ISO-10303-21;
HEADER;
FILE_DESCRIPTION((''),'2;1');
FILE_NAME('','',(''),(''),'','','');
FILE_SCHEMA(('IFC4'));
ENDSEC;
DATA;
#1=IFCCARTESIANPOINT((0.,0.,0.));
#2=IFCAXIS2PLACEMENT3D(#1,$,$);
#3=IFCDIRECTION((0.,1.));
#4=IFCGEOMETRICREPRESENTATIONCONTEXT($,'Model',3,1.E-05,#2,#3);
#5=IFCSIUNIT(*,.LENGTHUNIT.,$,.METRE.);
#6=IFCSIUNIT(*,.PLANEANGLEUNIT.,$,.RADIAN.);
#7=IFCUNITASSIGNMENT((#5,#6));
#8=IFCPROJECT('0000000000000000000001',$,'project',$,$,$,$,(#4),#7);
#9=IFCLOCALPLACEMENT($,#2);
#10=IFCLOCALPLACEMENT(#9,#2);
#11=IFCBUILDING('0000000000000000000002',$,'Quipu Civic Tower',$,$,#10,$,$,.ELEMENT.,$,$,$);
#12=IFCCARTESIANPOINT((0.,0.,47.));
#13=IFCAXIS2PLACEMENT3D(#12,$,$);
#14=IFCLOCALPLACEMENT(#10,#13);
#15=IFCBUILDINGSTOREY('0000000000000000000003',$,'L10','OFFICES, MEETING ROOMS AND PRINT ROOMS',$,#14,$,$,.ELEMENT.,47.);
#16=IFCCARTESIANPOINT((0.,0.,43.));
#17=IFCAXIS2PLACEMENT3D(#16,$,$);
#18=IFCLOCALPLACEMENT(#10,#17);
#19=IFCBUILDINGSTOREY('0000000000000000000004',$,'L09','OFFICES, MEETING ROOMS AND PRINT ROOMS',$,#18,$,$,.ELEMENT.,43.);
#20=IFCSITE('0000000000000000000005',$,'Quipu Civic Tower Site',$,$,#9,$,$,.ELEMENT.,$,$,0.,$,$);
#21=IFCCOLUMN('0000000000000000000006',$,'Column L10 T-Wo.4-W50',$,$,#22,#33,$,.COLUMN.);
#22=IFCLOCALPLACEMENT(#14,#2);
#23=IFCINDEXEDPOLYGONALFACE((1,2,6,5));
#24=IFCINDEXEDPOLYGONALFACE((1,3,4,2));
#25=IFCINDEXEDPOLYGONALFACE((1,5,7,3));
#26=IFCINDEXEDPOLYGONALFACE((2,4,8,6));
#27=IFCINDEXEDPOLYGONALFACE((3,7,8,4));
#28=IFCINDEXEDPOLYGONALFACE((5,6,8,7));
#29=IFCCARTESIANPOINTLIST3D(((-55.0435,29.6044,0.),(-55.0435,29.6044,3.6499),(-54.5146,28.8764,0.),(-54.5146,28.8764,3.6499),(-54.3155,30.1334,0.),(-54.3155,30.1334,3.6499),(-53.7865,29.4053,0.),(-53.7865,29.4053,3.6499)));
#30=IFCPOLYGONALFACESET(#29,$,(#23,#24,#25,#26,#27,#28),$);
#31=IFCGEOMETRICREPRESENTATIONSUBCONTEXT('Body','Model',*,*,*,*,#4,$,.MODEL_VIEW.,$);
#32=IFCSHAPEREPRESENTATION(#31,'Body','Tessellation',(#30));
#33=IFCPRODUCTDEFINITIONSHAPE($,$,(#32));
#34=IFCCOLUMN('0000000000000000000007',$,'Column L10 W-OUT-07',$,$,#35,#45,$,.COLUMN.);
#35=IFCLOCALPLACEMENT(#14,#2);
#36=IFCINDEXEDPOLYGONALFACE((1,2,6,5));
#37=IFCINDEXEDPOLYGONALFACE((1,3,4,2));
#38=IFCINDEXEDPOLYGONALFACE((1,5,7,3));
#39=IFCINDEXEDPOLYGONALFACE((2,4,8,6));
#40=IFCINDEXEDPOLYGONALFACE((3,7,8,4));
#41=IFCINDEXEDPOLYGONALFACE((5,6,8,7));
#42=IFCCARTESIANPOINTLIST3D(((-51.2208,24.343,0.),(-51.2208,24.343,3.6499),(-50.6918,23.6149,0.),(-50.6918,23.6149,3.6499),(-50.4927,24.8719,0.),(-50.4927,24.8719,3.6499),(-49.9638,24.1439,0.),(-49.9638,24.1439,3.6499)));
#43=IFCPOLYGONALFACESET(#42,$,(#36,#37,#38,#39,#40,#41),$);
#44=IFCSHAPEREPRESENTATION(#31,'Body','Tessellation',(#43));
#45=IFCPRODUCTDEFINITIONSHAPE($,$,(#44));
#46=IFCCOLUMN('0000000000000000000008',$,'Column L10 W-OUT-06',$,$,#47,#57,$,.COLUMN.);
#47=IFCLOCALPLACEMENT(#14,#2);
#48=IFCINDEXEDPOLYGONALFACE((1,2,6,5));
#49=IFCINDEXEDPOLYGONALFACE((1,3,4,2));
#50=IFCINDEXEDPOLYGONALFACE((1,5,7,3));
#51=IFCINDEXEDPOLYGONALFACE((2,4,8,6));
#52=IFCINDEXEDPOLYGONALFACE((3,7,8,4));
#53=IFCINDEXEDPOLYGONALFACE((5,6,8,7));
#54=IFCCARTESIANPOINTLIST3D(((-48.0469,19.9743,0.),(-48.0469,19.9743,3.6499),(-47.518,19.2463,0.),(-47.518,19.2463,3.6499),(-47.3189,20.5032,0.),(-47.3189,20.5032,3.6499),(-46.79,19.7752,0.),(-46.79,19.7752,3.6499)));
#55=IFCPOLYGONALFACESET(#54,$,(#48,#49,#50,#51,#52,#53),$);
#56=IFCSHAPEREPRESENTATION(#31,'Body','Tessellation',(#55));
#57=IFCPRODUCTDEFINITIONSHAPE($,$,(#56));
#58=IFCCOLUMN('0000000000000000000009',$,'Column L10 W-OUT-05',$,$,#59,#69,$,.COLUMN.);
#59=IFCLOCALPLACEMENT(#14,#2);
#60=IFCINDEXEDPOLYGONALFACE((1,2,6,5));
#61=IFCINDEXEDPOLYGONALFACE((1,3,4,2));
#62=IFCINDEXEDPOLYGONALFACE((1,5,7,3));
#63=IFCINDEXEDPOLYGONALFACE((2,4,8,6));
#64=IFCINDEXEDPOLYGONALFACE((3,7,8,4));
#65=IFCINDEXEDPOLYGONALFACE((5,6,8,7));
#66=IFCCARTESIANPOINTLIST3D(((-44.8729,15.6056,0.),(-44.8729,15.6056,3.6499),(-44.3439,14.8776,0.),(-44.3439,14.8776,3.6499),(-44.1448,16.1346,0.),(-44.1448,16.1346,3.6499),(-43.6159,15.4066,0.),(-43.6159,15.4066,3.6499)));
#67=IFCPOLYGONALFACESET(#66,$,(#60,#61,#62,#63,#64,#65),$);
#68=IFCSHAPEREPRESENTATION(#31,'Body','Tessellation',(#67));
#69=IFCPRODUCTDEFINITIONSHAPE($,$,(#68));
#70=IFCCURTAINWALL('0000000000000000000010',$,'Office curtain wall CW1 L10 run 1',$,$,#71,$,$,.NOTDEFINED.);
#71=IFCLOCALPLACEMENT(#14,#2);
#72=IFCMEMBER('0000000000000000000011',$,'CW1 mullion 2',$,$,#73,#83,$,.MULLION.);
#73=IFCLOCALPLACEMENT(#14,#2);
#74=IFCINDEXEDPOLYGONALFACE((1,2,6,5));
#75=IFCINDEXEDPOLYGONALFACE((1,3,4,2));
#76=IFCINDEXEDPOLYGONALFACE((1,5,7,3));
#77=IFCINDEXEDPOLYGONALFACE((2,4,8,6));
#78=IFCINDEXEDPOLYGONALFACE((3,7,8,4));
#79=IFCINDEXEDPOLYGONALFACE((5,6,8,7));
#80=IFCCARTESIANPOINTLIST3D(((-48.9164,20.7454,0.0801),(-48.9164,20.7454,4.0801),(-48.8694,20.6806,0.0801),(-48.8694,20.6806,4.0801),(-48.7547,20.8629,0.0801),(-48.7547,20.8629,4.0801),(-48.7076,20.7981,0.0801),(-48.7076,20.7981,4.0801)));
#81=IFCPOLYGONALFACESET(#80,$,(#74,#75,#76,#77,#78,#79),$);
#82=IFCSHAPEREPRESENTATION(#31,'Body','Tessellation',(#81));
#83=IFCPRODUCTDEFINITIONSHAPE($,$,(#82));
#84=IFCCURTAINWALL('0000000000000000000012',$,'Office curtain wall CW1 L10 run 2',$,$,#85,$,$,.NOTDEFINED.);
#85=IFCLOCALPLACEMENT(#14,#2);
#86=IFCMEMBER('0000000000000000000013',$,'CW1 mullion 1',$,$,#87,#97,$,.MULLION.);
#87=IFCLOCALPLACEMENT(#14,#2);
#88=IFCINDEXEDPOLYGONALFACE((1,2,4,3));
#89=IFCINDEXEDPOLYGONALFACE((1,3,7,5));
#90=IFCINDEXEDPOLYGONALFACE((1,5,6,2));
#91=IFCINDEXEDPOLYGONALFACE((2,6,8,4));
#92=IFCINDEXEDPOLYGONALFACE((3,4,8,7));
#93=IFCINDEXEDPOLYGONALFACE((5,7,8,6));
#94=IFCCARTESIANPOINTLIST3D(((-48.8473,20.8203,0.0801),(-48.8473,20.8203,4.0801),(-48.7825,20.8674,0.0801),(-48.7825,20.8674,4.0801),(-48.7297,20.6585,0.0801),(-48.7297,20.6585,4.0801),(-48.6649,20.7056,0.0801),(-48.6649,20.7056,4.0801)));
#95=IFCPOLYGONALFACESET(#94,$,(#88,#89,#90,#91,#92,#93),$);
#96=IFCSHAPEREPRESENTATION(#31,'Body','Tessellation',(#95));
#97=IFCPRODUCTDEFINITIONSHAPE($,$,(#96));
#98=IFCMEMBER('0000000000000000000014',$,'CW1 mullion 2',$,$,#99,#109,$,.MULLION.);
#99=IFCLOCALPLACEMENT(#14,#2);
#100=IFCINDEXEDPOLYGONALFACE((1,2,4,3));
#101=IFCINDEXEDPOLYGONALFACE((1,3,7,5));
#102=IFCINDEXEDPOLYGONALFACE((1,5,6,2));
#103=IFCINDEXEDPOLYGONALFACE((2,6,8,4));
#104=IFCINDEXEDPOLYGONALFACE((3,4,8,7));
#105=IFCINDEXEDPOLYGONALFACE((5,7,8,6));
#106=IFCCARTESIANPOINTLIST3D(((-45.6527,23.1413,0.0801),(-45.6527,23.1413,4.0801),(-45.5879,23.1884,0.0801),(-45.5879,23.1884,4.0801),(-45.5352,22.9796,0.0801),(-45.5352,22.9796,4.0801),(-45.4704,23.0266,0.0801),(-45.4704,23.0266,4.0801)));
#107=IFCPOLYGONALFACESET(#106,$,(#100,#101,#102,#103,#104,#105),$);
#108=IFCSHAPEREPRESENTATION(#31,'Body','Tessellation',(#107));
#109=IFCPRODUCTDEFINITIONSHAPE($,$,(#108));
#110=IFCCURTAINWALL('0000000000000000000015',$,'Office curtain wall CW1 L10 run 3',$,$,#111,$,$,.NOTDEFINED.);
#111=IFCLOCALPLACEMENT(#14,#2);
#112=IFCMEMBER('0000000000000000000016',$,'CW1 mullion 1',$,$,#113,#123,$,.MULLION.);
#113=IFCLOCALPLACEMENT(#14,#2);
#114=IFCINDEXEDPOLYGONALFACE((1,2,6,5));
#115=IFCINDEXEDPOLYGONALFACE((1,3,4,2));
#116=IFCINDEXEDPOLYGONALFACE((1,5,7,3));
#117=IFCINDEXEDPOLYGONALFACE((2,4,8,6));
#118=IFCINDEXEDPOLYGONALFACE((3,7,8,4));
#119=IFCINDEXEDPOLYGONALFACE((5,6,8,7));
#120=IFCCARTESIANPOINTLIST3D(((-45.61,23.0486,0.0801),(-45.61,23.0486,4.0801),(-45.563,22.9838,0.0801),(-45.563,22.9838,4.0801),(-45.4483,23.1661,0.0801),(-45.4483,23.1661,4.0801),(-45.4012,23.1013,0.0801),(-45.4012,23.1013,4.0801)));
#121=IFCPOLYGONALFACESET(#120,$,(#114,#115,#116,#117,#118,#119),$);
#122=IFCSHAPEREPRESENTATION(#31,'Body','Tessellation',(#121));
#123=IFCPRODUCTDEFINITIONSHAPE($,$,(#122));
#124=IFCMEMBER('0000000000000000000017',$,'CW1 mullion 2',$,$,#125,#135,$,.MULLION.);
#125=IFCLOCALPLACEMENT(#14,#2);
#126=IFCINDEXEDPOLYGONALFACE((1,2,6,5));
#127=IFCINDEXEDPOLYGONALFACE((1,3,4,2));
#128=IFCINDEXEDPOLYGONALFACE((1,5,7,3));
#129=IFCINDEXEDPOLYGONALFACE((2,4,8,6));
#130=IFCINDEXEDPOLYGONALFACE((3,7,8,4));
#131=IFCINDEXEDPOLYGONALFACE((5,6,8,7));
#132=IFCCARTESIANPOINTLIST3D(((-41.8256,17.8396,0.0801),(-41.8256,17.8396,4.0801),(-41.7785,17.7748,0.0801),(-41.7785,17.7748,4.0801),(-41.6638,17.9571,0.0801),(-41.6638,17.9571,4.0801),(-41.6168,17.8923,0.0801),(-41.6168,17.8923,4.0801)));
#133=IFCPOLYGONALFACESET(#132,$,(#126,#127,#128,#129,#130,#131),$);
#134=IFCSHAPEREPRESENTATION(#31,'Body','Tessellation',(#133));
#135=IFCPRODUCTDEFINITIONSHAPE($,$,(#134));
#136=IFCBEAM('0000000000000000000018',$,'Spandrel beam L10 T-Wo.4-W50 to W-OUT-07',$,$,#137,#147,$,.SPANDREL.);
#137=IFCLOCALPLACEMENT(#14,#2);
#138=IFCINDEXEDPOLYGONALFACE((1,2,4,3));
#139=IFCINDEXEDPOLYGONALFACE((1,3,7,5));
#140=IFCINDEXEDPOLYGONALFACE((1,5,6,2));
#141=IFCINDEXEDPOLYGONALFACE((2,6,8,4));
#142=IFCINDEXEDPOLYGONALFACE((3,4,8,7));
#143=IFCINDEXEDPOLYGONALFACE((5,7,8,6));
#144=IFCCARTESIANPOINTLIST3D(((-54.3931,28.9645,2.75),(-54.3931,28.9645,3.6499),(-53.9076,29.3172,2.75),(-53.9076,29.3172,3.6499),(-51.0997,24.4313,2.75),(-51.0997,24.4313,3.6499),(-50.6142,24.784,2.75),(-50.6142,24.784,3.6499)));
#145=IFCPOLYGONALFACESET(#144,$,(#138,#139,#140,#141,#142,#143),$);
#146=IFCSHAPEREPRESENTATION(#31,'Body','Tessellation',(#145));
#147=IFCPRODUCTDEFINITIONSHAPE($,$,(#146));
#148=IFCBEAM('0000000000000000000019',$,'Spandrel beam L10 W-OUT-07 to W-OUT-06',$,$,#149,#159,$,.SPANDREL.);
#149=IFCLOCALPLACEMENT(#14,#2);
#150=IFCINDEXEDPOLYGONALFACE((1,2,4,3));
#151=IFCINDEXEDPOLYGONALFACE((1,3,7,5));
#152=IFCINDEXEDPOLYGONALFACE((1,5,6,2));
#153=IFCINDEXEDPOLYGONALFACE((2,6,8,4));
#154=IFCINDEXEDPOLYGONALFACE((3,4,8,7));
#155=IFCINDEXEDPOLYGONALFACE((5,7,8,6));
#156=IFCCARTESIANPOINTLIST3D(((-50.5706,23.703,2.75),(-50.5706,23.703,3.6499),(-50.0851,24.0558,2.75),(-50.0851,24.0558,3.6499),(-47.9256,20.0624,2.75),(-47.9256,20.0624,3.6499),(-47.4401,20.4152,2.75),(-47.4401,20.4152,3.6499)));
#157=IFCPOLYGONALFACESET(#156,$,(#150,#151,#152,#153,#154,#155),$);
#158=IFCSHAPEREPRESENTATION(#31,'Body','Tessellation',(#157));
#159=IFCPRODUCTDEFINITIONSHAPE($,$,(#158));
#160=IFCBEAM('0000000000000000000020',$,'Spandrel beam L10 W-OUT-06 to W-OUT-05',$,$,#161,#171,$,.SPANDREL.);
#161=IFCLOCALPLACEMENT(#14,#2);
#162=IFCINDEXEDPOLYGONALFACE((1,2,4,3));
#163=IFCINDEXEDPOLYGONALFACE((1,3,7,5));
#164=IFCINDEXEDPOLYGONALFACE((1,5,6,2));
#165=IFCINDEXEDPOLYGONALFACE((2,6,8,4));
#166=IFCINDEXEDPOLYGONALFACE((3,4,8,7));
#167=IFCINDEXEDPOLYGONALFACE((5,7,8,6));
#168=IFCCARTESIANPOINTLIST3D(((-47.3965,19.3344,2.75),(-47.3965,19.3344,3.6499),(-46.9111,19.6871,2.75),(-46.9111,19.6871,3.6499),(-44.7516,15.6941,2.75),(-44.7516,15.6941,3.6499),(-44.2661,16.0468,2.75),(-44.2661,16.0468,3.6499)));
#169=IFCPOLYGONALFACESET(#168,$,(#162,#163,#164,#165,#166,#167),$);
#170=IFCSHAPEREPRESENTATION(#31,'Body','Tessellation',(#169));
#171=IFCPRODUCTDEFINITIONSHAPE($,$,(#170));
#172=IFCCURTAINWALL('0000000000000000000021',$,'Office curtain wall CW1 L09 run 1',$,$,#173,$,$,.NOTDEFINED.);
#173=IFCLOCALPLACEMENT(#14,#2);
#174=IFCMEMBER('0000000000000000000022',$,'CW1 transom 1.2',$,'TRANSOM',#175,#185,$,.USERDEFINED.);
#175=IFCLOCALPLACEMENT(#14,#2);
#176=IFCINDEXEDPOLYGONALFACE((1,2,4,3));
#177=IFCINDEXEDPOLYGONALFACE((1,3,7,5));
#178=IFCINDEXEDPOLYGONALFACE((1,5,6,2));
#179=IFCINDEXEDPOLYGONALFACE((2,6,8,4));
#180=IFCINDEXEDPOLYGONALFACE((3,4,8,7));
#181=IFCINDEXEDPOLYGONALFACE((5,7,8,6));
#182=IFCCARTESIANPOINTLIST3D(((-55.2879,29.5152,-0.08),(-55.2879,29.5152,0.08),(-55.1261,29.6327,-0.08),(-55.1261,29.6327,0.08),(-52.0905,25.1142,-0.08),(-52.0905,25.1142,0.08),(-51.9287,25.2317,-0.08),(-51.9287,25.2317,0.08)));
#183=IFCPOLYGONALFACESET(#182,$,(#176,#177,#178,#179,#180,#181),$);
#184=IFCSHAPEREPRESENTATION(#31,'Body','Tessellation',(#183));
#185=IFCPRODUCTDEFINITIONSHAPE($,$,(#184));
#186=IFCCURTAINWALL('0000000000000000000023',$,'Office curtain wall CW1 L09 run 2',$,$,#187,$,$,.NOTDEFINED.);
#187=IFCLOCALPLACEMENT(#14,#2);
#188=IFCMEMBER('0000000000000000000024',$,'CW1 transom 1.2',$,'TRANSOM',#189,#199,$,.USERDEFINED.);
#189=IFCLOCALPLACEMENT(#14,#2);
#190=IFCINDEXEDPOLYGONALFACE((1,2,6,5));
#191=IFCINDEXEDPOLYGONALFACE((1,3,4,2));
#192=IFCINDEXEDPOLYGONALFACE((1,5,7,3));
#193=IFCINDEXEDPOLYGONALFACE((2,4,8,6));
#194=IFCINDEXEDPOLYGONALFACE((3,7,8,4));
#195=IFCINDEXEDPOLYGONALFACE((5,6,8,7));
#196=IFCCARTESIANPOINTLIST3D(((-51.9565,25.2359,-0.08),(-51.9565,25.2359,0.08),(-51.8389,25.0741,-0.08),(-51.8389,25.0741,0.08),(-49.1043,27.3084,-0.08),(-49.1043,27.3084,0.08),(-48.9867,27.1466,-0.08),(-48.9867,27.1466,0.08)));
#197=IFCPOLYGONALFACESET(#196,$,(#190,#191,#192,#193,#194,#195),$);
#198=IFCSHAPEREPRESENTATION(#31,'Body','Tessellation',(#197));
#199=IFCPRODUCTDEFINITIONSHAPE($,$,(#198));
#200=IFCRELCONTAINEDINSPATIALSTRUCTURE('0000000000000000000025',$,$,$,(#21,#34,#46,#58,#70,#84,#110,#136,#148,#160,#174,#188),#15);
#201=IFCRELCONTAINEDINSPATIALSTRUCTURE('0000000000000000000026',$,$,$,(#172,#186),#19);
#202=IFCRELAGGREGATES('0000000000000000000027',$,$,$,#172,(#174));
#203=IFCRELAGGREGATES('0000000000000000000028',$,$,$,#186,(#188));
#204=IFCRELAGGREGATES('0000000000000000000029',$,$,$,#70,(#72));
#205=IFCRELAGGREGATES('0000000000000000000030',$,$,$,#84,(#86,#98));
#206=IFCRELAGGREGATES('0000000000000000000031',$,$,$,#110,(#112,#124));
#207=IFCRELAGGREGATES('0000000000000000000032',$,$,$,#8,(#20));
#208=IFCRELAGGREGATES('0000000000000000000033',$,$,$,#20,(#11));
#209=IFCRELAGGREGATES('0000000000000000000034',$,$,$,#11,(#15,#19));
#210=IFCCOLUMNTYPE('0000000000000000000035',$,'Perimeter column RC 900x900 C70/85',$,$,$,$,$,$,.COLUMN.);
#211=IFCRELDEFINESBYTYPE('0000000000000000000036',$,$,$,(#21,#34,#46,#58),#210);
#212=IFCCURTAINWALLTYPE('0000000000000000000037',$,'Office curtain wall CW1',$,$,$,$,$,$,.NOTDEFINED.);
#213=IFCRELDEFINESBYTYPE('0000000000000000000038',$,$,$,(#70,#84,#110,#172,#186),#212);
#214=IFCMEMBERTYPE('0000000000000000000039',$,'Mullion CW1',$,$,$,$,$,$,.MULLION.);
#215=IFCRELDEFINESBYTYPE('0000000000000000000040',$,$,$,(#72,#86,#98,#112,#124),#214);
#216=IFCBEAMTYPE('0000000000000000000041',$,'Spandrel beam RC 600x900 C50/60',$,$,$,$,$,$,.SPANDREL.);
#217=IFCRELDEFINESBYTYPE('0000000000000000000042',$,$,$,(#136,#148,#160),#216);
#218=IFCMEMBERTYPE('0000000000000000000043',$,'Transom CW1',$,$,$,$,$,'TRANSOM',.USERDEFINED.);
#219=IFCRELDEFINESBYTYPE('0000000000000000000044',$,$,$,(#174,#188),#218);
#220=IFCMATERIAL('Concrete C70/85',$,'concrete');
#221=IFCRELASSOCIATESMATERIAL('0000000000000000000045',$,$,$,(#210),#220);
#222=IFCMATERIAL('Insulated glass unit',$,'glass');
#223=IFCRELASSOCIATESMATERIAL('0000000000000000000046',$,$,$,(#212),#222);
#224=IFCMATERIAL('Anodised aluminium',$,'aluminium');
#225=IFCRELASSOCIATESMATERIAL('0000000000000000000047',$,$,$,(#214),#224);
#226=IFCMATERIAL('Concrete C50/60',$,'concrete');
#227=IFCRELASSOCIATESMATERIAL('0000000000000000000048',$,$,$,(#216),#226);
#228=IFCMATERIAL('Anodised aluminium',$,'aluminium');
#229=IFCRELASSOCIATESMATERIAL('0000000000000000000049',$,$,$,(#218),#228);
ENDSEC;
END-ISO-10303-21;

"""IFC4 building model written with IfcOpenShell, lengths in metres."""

from ifc_helpers import new_model, si_unit, direction, frame, origin, origin_2d, place, context, subcontext, project, spatial, rectangle, extrude, material, material_profile, profile_set, type_object, element, aggregate, save


model = new_model("IFC4")

# Units and contexts
model_context = context("Model", 3, precision=1e-05, world=origin(), true_north=direction((0.0, 1.0)))
body_context = subcontext(model_context, "Body", "Model", "MODEL_VIEW")
ifc_project = project(units=[si_unit("LENGTHUNIT", "METRE"), si_unit("PLANEANGLEUNIT", "RADIAN")], contexts=[model_context])

# Site, building, storey
site_placement = place(None, origin())
site = spatial("IfcSite", under=ifc_project, at=site_placement, Name="Quipu Civic Tower Site", CompositionType="ELEMENT", RefElevation=0.0)
building_placement = place(site_placement, origin())
building = spatial("IfcBuilding", under=site, at=building_placement, Name="Quipu Civic Tower", CompositionType="ELEMENT")
storey_1_placement = place(building_placement, frame((0.0, 0.0, 47.0)))
storey_1 = spatial("IfcBuildingStorey", under=building, at=storey_1_placement, Name="L10", Description="OFFICES, MEETING ROOMS AND PRINT ROOMS", CompositionType="ELEMENT", Elevation=47.0)

# Columns
ifc_material_1 = material(Name="Concrete C70/85", Category="concrete")
ifc_material_profile_1 = material_profile(ifc_material_1, rectangle(XDim=0.8999, YDim=0.8999, at=origin_2d()), Name="RC900x900")
ifc_profile_set_1 = profile_set([ifc_material_profile_1], Name="Concrete C70/85")
column_type = type_object("IfcColumnType", Name="Perimeter column RC 900x900 C70/85", PredefinedType="COLUMN", material=ifc_profile_set_1)
for number, where, z_axis, x_axis, name in (
    (1, (-54.415, 29.5049, 0.0), (0.0, 0.0, 1.0), (0.587785, -0.809017, 0.0), "Column L10 T-Wo.4-W50"),
    (2, (-50.5923, 24.2434, 0.0), (0.0, 0.0, 1.0), (0.587785, -0.809017, 0.0), "Column L10 W-OUT-07"),
    (3, (-47.4185, 19.8748, 0.0), (0.0, 0.0, 1.0), (0.587785, -0.809017, 0.0), "Column L10 W-OUT-06"),
    (4, (-44.2444, 15.5061, 0.0), (0.0, 0.0, 1.0), (0.587785, -0.809017, 0.0), "Column L10 W-OUT-05"),
):
    element("IfcColumn", number, at=place(storey_1_placement, frame(where, z_axis=z_axis, x_axis=x_axis)), inside=storey_1, type_object=column_type, Name=name, PredefinedType="COLUMN", context=body_context, shape_type="SweptSolid", body=[
        extrude(rectangle(XDim=0.8999, YDim=0.8999, at=origin_2d()), origin(), (0.0, 0.0, 1.0), 3.6499),
    ])

# Curtain wall, member
ifc_material_2 = material(Name="Insulated glass unit", Category="glass")
curtain_wall_type = type_object("IfcCurtainWallType", Name="Office curtain wall CW1", PredefinedType="NOTDEFINED", material=ifc_material_2)
curtain_wall_1_placement = place(storey_1_placement, origin())
curtain_wall_1 = element("IfcCurtainWall", 5, at=curtain_wall_1_placement, inside=storey_1, type_object=curtain_wall_type, Name="Office curtain wall CW1 L10 run 1", PredefinedType="NOTDEFINED")
ifc_material_3 = material(Name="Anodised aluminium", Category="aluminium")
ifc_material_profile_2 = material_profile(ifc_material_3, rectangle(XDim=0.2, YDim=0.0801, at=origin_2d()), Name="RECT 200x80")
ifc_profile_set_2 = profile_set([ifc_material_profile_2], Name="Anodised aluminium")
member_type_1 = type_object("IfcMemberType", Name="Mullion CW1", PredefinedType="MULLION", material=ifc_profile_set_2)
member_1_placement = place(storey_1_placement, frame((-48.812, 20.7717, 0.0801), z_axis=(0.0, 0.0, 1.0), x_axis=(0.809015, 0.587788, 0.0)))
member_1 = element("IfcMember", 6, at=member_1_placement, type_object=member_type_1, Name="CW1 mullion 2", PredefinedType="MULLION", context=body_context, shape_type="SweptSolid", body=[
    extrude(rectangle(XDim=0.2, YDim=0.0801, at=origin_2d()), origin(), (0.0, 0.0, 1.0), 4.0),
])

# Curtain walls, members
curtain_wall_2_placement = place(storey_1_placement, origin())
curtain_wall_2 = element("IfcCurtainWall", 7, at=curtain_wall_2_placement, inside=storey_1, type_object=curtain_wall_type, Name="Office curtain wall CW1 L10 run 2", PredefinedType="NOTDEFINED")
member_2_placement = place(storey_1_placement, frame((-48.7561, 20.7629, 0.0801), z_axis=(0.0, 0.0, 1.0), x_axis=(-0.587794, 0.809011, 0.0)))
member_2 = element("IfcMember", 8, at=member_2_placement, type_object=member_type_1, Name="CW1 mullion 1", PredefinedType="MULLION", context=body_context, shape_type="SweptSolid", body=[
    extrude(rectangle(XDim=0.2, YDim=0.0801, at=origin_2d()), origin(), (0.0, 0.0, 1.0), 4.0),
])
member_3_placement = place(storey_1_placement, frame((-45.5615, 23.084, 0.0801), z_axis=(0.0, 0.0, 1.0), x_axis=(-0.587794, 0.809011, 0.0)))
member_3 = element("IfcMember", 9, at=member_3_placement, type_object=member_type_1, Name="CW1 mullion 2", PredefinedType="MULLION", context=body_context, shape_type="SweptSolid", body=[
    extrude(rectangle(XDim=0.2, YDim=0.0801, at=origin_2d()), origin(), (0.0, 0.0, 1.0), 4.0),
])
curtain_wall_3_placement = place(storey_1_placement, origin())
curtain_wall_3 = element("IfcCurtainWall", 10, at=curtain_wall_3_placement, inside=storey_1, type_object=curtain_wall_type, Name="Office curtain wall CW1 L10 run 3", PredefinedType="NOTDEFINED")
member_4_placement = place(storey_1_placement, frame((-45.5056, 23.075, 0.0801), z_axis=(0.0, 0.0, 1.0), x_axis=(0.809022, 0.587778, 0.0)))
member_4 = element("IfcMember", 11, at=member_4_placement, type_object=member_type_1, Name="CW1 mullion 1", PredefinedType="MULLION", context=body_context, shape_type="SweptSolid", body=[
    extrude(rectangle(XDim=0.2, YDim=0.0801, at=origin_2d()), origin(), (0.0, 0.0, 1.0), 4.0),
])
member_5_placement = place(storey_1_placement, frame((-41.7212, 17.866, 0.0801), z_axis=(0.0, 0.0, 1.0), x_axis=(0.809022, 0.587778, 0.0)))
member_5 = element("IfcMember", 12, at=member_5_placement, type_object=member_type_1, Name="CW1 mullion 2", PredefinedType="MULLION", context=body_context, shape_type="SweptSolid", body=[
    extrude(rectangle(XDim=0.2, YDim=0.0801, at=origin_2d()), origin(), (0.0, 0.0, 1.0), 4.0),
])

# Beams
ifc_material_4 = material(Name="Concrete C50/60", Category="concrete")
ifc_material_profile_3 = material_profile(ifc_material_4, rectangle(XDim=0.6001, YDim=0.8999, at=origin_2d()), Name="RC600x900")
ifc_profile_set_3 = profile_set([ifc_material_profile_3], Name="Concrete C50/60")
beam_type = type_object("IfcBeamType", Name="Spandrel beam RC 600x900 C50/60", PredefinedType="SPANDREL", material=ifc_profile_set_3)
beam_1_placement = place(storey_1_placement, frame((-54.1504, 29.1409, 3.2), z_axis=(0.587773, -0.809026, 0.0), x_axis=(0.809026, 0.587773, 0.0)))
element("IfcBeam", 13, at=beam_1_placement, inside=storey_1, type_object=beam_type, Name="Spandrel beam L10 T-Wo.4-W50 to W-OUT-07", PredefinedType="SPANDREL", context=body_context, shape_type="SweptSolid", body=[
    extrude(rectangle(XDim=0.6001, YDim=0.8999, at=origin_2d()), origin(), (0.0, 0.0, 1.0), 5.6033),
])
beam_2_placement = place(storey_1_placement, frame((-50.3279, 23.8794, 3.2), z_axis=(0.587778, -0.809022, 0.0), x_axis=(0.809022, 0.587778, 0.0)))
element("IfcBeam", 14, at=beam_2_placement, inside=storey_1, type_object=beam_type, Name="Spandrel beam L10 W-OUT-07 to W-OUT-06", PredefinedType="SPANDREL", context=body_context, shape_type="SweptSolid", body=[
    extrude(rectangle(XDim=0.6001, YDim=0.8999, at=origin_2d()), origin(), (0.0, 0.0, 1.0), 4.5),
])
beam_3_placement = place(storey_1_placement, frame((-47.1538, 19.5107, 3.2), z_axis=(0.587804, -0.809003, 0.0), x_axis=(0.809003, 0.587804, 0.0)))
element("IfcBeam", 15, at=beam_3_placement, inside=storey_1, type_object=beam_type, Name="Spandrel beam L10 W-OUT-06 to W-OUT-05", PredefinedType="SPANDREL", context=body_context, shape_type="SweptSolid", body=[
    extrude(rectangle(XDim=0.6001, YDim=0.8999, at=origin_2d()), origin(), (0.0, 0.0, 1.0), 4.4998),
])

# Shared definitions
storey_2_placement = place(building_placement, frame((0.0, 0.0, 43.0)))
storey_2 = spatial("IfcBuildingStorey", under=building, at=storey_2_placement, Name="L09", Description="OFFICES, MEETING ROOMS AND PRINT ROOMS", CompositionType="ELEMENT", Elevation=43.0)

# Curtain walls, members
curtain_wall_4_placement = place(storey_2_placement, origin())
curtain_wall_4 = element("IfcCurtainWall", 16, at=curtain_wall_4_placement, inside=storey_2, type_object=curtain_wall_type, Name="Office curtain wall CW1 L09 run 1", PredefinedType="NOTDEFINED")
ifc_material_5 = material(Name="Anodised aluminium", Category="aluminium")
ifc_material_profile_4 = material_profile(ifc_material_5, rectangle(XDim=0.2, YDim=0.1599, at=origin_2d()), Name="RECT 200x160")
ifc_profile_set_4 = profile_set([ifc_material_profile_4], Name="Anodised aluminium")
member_type_2 = type_object("IfcMemberType", Name="Transom CW1", ElementType="TRANSOM", PredefinedType="USERDEFINED", material=ifc_profile_set_4)
member_6_placement = place(storey_1_placement, frame((-55.207, 29.574, 0.0), z_axis=(0.587774, -0.809025, 0.0), x_axis=(0.809025, 0.587774, 0.0)))
member_6 = element("IfcMember", 17, at=member_6_placement, inside=storey_1, type_object=member_type_2, Name="CW1 transom 1.2", ObjectType="TRANSOM", PredefinedType="USERDEFINED", context=body_context, shape_type="SweptSolid", body=[
    extrude(rectangle(XDim=0.2, YDim=0.1599, at=origin_2d()), origin(), (0.0, 0.0, 1.0), 5.4399),
])
aggregate(curtain_wall_4, [member_6])
curtain_wall_5_placement = place(storey_2_placement, origin())
curtain_wall_5 = element("IfcCurtainWall", 18, at=curtain_wall_5_placement, inside=storey_2, type_object=curtain_wall_type, Name="Office curtain wall CW1 L09 run 2", PredefinedType="NOTDEFINED")
member_7_placement = place(storey_1_placement, frame((-51.8977, 25.155, 0.0), z_axis=(0.808991, 0.587822, 0.0), x_axis=(-0.587822, 0.808991, 0.0)))
member_7 = element("IfcMember", 19, at=member_7_placement, inside=storey_1, type_object=member_type_2, Name="CW1 transom 1.2", ObjectType="TRANSOM", PredefinedType="USERDEFINED", context=body_context, shape_type="SweptSolid", body=[
    extrude(rectangle(XDim=0.2, YDim=0.1599, at=origin_2d()), origin(), (0.0, 0.0, 1.0), 3.5256),
])
aggregate(curtain_wall_5, [member_7])

aggregate(curtain_wall_1, [member_1])
aggregate(curtain_wall_2, [member_2, member_3])
aggregate(curtain_wall_3, [member_4, member_5])

save(model, "model.ifc")
